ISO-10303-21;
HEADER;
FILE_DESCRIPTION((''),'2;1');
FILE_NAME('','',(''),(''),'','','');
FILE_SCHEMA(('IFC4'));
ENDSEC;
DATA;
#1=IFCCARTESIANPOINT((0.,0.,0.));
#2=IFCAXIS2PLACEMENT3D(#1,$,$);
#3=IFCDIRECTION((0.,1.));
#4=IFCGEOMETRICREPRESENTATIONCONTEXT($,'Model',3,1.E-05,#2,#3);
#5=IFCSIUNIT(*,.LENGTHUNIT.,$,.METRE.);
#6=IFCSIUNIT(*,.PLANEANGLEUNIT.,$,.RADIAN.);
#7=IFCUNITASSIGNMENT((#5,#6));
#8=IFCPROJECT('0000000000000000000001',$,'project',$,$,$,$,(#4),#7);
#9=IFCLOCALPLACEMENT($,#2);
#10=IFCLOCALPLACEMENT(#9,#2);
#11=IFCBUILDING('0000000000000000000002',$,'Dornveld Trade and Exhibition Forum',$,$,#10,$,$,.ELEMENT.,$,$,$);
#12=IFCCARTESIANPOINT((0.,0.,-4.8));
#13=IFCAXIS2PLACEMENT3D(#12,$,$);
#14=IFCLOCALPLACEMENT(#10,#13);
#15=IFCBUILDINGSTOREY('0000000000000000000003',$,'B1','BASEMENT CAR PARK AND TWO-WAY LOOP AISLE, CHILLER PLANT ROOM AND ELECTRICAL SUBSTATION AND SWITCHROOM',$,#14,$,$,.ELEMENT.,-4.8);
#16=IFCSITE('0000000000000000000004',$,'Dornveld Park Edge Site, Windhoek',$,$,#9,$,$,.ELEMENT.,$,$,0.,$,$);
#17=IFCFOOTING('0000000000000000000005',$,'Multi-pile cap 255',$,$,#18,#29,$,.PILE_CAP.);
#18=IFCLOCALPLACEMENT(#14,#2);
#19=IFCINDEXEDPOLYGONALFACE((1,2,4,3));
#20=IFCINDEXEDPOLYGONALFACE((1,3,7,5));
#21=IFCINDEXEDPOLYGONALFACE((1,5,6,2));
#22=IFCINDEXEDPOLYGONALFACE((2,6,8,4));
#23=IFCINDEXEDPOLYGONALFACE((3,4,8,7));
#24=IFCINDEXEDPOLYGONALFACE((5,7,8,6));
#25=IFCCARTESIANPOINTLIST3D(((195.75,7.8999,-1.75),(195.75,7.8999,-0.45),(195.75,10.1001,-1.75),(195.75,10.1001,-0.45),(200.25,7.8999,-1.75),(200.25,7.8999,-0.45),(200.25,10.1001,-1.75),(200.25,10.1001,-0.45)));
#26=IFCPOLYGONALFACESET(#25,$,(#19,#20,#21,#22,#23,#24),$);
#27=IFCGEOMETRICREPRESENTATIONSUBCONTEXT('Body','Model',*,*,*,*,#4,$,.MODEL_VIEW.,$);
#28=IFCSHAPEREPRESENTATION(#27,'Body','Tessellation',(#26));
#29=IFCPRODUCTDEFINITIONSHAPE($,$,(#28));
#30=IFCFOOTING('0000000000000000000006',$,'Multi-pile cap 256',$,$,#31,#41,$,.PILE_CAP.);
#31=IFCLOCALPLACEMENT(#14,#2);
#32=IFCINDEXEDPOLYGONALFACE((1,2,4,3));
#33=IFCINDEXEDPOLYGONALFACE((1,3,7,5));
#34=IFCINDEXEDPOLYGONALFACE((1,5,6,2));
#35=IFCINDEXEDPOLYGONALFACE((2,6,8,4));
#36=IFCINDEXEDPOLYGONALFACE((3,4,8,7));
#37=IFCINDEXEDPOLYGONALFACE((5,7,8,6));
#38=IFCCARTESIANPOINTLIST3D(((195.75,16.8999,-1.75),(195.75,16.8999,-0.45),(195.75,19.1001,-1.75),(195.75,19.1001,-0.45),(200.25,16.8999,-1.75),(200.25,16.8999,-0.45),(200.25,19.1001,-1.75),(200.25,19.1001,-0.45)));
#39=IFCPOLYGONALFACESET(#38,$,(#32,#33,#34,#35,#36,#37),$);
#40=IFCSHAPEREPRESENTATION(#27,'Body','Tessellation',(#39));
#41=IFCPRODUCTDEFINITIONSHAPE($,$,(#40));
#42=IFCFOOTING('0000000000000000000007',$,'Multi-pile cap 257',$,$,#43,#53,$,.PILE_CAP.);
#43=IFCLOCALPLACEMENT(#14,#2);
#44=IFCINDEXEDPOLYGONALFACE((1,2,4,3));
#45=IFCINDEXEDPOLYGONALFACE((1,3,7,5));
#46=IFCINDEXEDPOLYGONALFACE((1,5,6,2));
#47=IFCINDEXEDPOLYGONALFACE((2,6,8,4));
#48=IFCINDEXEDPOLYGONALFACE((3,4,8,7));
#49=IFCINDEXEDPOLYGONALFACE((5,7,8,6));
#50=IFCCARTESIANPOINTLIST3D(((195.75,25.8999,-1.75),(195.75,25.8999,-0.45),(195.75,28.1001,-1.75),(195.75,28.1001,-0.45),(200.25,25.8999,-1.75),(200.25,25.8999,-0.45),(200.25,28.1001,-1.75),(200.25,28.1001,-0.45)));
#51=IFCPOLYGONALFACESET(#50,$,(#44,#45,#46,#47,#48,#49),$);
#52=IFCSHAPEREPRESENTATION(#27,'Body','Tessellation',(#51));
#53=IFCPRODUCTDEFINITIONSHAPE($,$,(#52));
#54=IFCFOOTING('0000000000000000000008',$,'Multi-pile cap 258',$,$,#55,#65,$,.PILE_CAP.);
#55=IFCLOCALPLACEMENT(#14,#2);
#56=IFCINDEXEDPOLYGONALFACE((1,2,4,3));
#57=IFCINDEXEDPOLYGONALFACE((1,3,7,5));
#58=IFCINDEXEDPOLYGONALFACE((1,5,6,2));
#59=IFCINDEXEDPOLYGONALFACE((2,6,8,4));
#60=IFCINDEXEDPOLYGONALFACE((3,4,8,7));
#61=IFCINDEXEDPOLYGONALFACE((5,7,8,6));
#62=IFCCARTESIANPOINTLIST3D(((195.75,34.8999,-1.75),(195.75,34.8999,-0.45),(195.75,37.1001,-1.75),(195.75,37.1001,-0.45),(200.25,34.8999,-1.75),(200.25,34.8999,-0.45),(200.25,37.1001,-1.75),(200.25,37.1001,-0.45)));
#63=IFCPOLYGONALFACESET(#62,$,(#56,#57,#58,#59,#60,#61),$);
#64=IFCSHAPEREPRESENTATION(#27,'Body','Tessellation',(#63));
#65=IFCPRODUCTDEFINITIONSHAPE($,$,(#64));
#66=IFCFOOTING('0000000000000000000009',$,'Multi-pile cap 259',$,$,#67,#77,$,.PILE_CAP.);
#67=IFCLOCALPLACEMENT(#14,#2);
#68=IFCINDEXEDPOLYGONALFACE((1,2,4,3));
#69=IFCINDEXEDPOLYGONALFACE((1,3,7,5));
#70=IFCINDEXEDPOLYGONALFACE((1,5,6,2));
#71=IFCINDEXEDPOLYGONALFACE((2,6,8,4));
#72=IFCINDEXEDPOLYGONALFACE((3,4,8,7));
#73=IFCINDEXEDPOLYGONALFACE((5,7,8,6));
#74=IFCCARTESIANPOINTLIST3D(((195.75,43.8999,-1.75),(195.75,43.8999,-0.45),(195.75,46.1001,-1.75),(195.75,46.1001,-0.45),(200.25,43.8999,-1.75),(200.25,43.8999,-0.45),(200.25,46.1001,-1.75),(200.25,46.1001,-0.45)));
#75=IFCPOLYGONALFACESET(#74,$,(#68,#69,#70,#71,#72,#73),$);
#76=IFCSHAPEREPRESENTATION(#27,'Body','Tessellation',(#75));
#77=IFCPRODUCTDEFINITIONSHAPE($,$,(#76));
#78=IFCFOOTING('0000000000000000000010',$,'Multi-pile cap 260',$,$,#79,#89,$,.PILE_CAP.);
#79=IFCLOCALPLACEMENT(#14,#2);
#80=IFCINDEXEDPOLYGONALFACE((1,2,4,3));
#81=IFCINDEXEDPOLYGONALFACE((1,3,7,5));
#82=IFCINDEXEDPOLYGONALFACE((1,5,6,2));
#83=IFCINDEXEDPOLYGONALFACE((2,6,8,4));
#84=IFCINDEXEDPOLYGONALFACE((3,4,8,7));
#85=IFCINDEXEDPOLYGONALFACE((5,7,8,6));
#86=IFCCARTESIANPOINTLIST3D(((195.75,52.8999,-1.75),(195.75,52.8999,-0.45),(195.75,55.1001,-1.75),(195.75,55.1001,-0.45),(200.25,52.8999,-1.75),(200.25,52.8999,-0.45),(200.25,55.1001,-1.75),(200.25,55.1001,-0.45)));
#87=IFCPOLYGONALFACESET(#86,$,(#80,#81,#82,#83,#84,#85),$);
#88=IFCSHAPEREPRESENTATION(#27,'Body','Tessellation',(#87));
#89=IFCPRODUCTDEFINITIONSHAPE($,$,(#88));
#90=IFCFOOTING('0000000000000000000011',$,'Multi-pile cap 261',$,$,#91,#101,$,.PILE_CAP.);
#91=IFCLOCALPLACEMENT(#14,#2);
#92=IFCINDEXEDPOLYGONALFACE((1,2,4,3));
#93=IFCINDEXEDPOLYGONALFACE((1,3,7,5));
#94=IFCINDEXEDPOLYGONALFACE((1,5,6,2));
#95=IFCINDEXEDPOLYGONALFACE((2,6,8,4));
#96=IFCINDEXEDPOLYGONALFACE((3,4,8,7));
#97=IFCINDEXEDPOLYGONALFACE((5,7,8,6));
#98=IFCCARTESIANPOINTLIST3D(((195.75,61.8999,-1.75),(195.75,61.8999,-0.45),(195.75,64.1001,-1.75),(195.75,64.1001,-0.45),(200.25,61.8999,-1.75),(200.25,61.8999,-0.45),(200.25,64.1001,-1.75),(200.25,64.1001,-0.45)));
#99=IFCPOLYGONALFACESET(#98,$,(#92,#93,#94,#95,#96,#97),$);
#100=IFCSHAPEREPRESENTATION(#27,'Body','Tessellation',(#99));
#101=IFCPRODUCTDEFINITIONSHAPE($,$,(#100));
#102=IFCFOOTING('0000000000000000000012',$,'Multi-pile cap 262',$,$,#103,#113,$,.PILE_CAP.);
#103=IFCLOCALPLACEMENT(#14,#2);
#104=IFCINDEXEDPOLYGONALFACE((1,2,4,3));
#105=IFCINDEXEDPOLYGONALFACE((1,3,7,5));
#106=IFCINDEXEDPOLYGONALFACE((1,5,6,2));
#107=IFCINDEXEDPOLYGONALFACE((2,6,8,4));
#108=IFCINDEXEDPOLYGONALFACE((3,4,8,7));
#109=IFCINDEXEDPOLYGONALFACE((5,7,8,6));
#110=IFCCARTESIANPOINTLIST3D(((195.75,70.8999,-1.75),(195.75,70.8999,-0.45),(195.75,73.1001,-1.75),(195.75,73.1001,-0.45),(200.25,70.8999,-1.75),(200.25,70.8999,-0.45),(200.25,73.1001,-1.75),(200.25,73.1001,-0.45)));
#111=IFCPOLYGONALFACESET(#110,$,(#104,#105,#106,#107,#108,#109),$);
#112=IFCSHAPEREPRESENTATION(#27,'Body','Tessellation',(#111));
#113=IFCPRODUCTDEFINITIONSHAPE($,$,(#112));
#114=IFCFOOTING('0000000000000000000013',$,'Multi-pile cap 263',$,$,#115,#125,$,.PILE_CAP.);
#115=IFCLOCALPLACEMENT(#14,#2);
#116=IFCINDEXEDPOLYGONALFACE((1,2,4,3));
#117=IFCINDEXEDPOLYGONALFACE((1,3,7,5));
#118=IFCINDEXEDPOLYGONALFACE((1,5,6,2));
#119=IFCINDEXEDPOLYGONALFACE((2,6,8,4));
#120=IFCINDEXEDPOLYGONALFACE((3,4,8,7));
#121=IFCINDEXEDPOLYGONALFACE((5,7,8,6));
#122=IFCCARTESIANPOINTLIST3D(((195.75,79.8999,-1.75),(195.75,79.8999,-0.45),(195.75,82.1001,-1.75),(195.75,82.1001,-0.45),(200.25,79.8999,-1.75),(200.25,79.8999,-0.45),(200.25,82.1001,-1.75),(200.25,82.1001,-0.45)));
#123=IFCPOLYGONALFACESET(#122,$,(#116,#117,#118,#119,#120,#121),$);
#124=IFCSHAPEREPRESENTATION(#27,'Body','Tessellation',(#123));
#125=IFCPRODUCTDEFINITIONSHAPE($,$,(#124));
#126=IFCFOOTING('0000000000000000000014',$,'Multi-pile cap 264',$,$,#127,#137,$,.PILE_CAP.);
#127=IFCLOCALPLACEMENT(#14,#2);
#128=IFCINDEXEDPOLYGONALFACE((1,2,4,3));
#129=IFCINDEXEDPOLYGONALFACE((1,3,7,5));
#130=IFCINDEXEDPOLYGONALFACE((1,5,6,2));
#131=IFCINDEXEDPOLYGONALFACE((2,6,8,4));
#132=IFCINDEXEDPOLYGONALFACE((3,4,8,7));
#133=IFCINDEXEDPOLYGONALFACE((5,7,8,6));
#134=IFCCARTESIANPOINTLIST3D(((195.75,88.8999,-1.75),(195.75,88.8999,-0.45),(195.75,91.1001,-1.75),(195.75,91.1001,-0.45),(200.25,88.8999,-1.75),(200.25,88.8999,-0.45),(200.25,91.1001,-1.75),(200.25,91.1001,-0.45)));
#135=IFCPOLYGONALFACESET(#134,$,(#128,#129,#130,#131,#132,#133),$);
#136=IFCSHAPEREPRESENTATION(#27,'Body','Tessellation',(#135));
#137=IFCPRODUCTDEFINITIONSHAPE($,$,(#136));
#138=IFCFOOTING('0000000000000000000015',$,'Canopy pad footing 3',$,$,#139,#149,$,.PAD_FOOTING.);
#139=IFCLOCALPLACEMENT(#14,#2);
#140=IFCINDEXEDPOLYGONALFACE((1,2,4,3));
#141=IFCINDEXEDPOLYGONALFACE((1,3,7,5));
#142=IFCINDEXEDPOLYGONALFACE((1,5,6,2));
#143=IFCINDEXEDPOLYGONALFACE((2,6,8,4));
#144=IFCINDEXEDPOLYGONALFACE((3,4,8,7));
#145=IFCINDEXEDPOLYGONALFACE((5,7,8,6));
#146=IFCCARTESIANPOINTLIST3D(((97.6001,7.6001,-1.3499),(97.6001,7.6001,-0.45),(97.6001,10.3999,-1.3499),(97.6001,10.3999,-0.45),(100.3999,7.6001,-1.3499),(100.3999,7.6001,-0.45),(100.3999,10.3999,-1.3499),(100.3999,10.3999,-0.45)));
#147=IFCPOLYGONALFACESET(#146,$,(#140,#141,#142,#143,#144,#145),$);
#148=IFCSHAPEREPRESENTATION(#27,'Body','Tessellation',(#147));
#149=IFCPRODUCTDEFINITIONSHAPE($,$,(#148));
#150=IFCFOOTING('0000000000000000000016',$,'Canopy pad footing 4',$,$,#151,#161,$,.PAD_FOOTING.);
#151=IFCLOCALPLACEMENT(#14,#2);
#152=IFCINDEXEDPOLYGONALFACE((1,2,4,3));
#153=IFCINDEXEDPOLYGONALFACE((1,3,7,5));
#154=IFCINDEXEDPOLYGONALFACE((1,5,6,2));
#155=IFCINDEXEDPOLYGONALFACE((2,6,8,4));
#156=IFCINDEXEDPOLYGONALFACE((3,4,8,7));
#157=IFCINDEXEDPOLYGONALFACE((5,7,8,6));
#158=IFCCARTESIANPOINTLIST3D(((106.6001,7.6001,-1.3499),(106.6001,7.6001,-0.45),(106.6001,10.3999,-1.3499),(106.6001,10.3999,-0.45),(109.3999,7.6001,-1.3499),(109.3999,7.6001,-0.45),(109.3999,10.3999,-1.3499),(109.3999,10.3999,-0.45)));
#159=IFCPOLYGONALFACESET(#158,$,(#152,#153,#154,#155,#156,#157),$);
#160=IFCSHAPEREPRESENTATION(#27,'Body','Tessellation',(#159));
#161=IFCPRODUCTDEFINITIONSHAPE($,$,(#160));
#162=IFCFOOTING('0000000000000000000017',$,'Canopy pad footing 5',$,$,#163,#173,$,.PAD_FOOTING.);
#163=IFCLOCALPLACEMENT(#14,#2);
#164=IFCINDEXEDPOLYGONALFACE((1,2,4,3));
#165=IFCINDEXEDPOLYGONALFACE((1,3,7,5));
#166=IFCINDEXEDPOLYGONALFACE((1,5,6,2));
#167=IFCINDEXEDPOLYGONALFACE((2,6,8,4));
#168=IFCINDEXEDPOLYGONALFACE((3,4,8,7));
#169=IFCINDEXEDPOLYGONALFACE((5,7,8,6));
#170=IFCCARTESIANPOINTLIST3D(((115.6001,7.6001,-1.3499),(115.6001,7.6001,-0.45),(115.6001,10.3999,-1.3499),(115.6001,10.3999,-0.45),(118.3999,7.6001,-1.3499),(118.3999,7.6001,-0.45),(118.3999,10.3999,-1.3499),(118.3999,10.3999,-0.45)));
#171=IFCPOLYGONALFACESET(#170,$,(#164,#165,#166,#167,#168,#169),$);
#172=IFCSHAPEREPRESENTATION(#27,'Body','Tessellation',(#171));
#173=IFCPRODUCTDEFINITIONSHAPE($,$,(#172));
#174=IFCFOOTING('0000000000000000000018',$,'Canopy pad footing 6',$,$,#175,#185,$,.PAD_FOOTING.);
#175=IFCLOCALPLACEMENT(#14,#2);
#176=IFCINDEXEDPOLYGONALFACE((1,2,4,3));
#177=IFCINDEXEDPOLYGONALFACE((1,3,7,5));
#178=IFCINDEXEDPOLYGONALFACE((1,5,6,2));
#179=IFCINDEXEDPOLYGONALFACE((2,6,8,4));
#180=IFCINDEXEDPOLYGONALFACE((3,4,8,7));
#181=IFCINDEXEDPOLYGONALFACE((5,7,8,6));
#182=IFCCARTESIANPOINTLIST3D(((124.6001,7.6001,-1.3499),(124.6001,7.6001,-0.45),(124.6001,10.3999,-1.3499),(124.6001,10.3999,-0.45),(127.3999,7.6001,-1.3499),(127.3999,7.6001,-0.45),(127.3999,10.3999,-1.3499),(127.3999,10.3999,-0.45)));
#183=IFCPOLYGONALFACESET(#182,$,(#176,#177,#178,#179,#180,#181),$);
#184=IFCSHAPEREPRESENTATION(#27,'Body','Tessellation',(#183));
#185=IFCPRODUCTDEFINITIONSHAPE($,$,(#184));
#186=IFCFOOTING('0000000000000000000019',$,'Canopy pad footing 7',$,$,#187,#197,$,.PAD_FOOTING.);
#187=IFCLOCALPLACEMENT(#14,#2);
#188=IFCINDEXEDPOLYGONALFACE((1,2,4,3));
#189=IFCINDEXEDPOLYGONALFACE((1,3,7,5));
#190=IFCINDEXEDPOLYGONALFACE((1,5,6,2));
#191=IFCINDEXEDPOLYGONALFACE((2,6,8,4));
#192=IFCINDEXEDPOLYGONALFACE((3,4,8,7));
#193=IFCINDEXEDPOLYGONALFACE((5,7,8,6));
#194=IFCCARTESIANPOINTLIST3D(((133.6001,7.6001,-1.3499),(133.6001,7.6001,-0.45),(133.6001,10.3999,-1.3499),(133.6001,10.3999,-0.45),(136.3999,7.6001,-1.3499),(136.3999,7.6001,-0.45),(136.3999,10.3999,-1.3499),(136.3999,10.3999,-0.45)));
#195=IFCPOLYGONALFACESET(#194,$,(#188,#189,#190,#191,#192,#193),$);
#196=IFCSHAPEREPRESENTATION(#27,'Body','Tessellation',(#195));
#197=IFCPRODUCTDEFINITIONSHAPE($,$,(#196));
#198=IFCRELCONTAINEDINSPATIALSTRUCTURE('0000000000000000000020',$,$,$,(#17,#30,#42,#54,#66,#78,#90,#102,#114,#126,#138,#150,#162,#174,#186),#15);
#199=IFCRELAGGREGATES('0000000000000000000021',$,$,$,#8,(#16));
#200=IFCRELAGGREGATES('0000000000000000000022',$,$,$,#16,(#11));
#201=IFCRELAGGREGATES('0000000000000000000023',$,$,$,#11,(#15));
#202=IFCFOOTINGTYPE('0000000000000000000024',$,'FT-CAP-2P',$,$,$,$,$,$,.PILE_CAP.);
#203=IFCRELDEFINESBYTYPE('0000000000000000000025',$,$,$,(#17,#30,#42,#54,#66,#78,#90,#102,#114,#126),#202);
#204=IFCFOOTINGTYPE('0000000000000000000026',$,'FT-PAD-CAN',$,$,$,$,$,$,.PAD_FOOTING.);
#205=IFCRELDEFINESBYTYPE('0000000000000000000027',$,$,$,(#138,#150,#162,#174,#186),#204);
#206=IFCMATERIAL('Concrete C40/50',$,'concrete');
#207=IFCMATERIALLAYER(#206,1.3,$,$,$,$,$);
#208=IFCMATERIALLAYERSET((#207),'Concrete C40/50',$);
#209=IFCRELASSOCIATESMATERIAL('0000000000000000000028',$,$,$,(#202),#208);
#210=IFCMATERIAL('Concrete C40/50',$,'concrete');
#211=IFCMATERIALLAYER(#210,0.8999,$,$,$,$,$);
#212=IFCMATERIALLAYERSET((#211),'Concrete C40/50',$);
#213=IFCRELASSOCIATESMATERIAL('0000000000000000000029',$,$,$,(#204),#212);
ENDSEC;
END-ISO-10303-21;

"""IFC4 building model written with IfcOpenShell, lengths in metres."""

from ifc_helpers import new_model, si_unit, direction, frame, origin, place, context, subcontext, project, spatial, polyline, outline, extrude, material, layer, layer_set, type_object, element, save


model = new_model("IFC4")

# Units and contexts
model_context = context("Model", 3, precision=1e-05, world=origin(), true_north=direction((0.0, 1.0)))
body_context = subcontext(model_context, "Body", "Model", "MODEL_VIEW")
ifc_project = project(units=[si_unit("LENGTHUNIT", "METRE"), si_unit("PLANEANGLEUNIT", "RADIAN")], contexts=[model_context])

# Site, building, storey
site_placement = place(None, origin())
site = spatial("IfcSite", under=ifc_project, at=site_placement, Name="Dornveld Park Edge Site, Windhoek", CompositionType="ELEMENT", RefElevation=0.0)
building_placement = place(site_placement, origin())
building = spatial("IfcBuilding", under=site, at=building_placement, Name="Dornveld Trade and Exhibition Forum", CompositionType="ELEMENT")
storey_placement = place(building_placement, frame((0.0, 0.0, -4.8)))
storey = spatial("IfcBuildingStorey", under=building, at=storey_placement, Name="B1", Description="BASEMENT CAR PARK AND TWO-WAY LOOP AISLE, CHILLER PLANT ROOM AND ELECTRICAL SUBSTATION AND SWITCHROOM", CompositionType="ELEMENT", Elevation=-4.8)

# Footings
ifc_material_1 = material(Name="Concrete C40/50", Category="concrete")
ifc_layer_1 = layer(ifc_material_1, 1.3)
ifc_layer_set_1 = layer_set([ifc_layer_1], Name="Concrete C40/50")
footing_type_1 = type_object("IfcFootingType", Name="FT-CAP-2P", PredefinedType="PILE_CAP", material=ifc_layer_set_1)
footing_1_placement = place(storey_placement, frame((0.0, 0.0, -1.75)))
element("IfcFooting", 1, at=footing_1_placement, inside=storey, type_object=footing_type_1, Name="Multi-pile cap 255", PredefinedType="PILE_CAP", context=body_context, shape_type="SweptSolid", body=[
    extrude(outline(polyline([(195.75, 7.8999), (200.25, 7.8999), (200.25, 10.1001), (195.75, 10.1001), (195.75, 7.8999)])), origin(), (0.0, 0.0, 1.0), 1.3),
])
footing_2_placement = place(storey_placement, frame((0.0, 0.0, -1.75)))
element("IfcFooting", 2, at=footing_2_placement, inside=storey, type_object=footing_type_1, Name="Multi-pile cap 256", PredefinedType="PILE_CAP", context=body_context, shape_type="SweptSolid", body=[
    extrude(outline(polyline([(195.75, 16.8999), (200.25, 16.8999), (200.25, 19.1001), (195.75, 19.1001), (195.75, 16.8999)])), origin(), (0.0, 0.0, 1.0), 1.3),
])
footing_3_placement = place(storey_placement, frame((0.0, 0.0, -1.75)))
element("IfcFooting", 3, at=footing_3_placement, inside=storey, type_object=footing_type_1, Name="Multi-pile cap 257", PredefinedType="PILE_CAP", context=body_context, shape_type="SweptSolid", body=[
    extrude(outline(polyline([(195.75, 25.8999), (200.25, 25.8999), (200.25, 28.1001), (195.75, 28.1001), (195.75, 25.8999)])), origin(), (0.0, 0.0, 1.0), 1.3),
])
footing_4_placement = place(storey_placement, frame((0.0, 0.0, -1.75)))
element("IfcFooting", 4, at=footing_4_placement, inside=storey, type_object=footing_type_1, Name="Multi-pile cap 258", PredefinedType="PILE_CAP", context=body_context, shape_type="SweptSolid", body=[
    extrude(outline(polyline([(195.75, 34.8999), (200.25, 34.8999), (200.25, 37.1001), (195.75, 37.1001), (195.75, 34.8999)])), origin(), (0.0, 0.0, 1.0), 1.3),
])
footing_5_placement = place(storey_placement, frame((0.0, 0.0, -1.75)))
element("IfcFooting", 5, at=footing_5_placement, inside=storey, type_object=footing_type_1, Name="Multi-pile cap 259", PredefinedType="PILE_CAP", context=body_context, shape_type="SweptSolid", body=[
    extrude(outline(polyline([(195.75, 43.8999), (200.25, 43.8999), (200.25, 46.1001), (195.75, 46.1001), (195.75, 43.8999)])), origin(), (0.0, 0.0, 1.0), 1.3),
])
footing_6_placement = place(storey_placement, frame((0.0, 0.0, -1.75)))
element("IfcFooting", 6, at=footing_6_placement, inside=storey, type_object=footing_type_1, Name="Multi-pile cap 260", PredefinedType="PILE_CAP", context=body_context, shape_type="SweptSolid", body=[
    extrude(outline(polyline([(195.75, 52.8999), (200.25, 52.8999), (200.25, 55.1001), (195.75, 55.1001), (195.75, 52.8999)])), origin(), (0.0, 0.0, 1.0), 1.3),
])
footing_7_placement = place(storey_placement, frame((0.0, 0.0, -1.75)))
element("IfcFooting", 7, at=footing_7_placement, inside=storey, type_object=footing_type_1, Name="Multi-pile cap 261", PredefinedType="PILE_CAP", context=body_context, shape_type="SweptSolid", body=[
    extrude(outline(polyline([(195.75, 61.8999), (200.25, 61.8999), (200.25, 64.1001), (195.75, 64.1001), (195.75, 61.8999)])), origin(), (0.0, 0.0, 1.0), 1.3),
])
footing_8_placement = place(storey_placement, frame((0.0, 0.0, -1.75)))
element("IfcFooting", 8, at=footing_8_placement, inside=storey, type_object=footing_type_1, Name="Multi-pile cap 262", PredefinedType="PILE_CAP", context=body_context, shape_type="SweptSolid", body=[
    extrude(outline(polyline([(195.75, 70.8999), (200.25, 70.8999), (200.25, 73.1001), (195.75, 73.1001), (195.75, 70.8999)])), origin(), (0.0, 0.0, 1.0), 1.3),
])
footing_9_placement = place(storey_placement, frame((0.0, 0.0, -1.75)))
element("IfcFooting", 9, at=footing_9_placement, inside=storey, type_object=footing_type_1, Name="Multi-pile cap 263", PredefinedType="PILE_CAP", context=body_context, shape_type="SweptSolid", body=[
    extrude(outline(polyline([(195.75, 79.8999), (200.25, 79.8999), (200.25, 82.1001), (195.75, 82.1001), (195.75, 79.8999)])), origin(), (0.0, 0.0, 1.0), 1.3),
])
footing_10_placement = place(storey_placement, frame((0.0, 0.0, -1.75)))
element("IfcFooting", 10, at=footing_10_placement, inside=storey, type_object=footing_type_1, Name="Multi-pile cap 264", PredefinedType="PILE_CAP", context=body_context, shape_type="SweptSolid", body=[
    extrude(outline(polyline([(195.75, 88.8999), (200.25, 88.8999), (200.25, 91.1001), (195.75, 91.1001), (195.75, 88.8999)])), origin(), (0.0, 0.0, 1.0), 1.3),
])
ifc_material_2 = material(Name="Concrete C40/50", Category="concrete")
ifc_layer_2 = layer(ifc_material_2, 0.8999)
ifc_layer_set_2 = layer_set([ifc_layer_2], Name="Concrete C40/50")
footing_type_2 = type_object("IfcFootingType", Name="FT-PAD-CAN", PredefinedType="PAD_FOOTING", material=ifc_layer_set_2)
footing_11_placement = place(storey_placement, frame((0.0, 0.0, -1.3499)))
element("IfcFooting", 11, at=footing_11_placement, inside=storey, type_object=footing_type_2, Name="Canopy pad footing 3", PredefinedType="PAD_FOOTING", context=body_context, shape_type="SweptSolid", body=[
    extrude(outline(polyline([(97.6001, 7.6001), (100.3999, 7.6001), (100.3999, 10.3999), (97.6001, 10.3999), (97.6001, 7.6001)])), origin(), (0.0, 0.0, 1.0), 0.8999),
])
footing_12_placement = place(storey_placement, frame((0.0, 0.0, -1.3499)))
element("IfcFooting", 12, at=footing_12_placement, inside=storey, type_object=footing_type_2, Name="Canopy pad footing 4", PredefinedType="PAD_FOOTING", context=body_context, shape_type="SweptSolid", body=[
    extrude(outline(polyline([(106.6001, 7.6001), (109.3999, 7.6001), (109.3999, 10.3999), (106.6001, 10.3999), (106.6001, 7.6001)])), origin(), (0.0, 0.0, 1.0), 0.8999),
])
footing_13_placement = place(storey_placement, frame((0.0, 0.0, -1.3499)))
element("IfcFooting", 13, at=footing_13_placement, inside=storey, type_object=footing_type_2, Name="Canopy pad footing 5", PredefinedType="PAD_FOOTING", context=body_context, shape_type="SweptSolid", body=[
    extrude(outline(polyline([(115.6001, 7.6001), (118.3999, 7.6001), (118.3999, 10.3999), (115.6001, 10.3999), (115.6001, 7.6001)])), origin(), (0.0, 0.0, 1.0), 0.8999),
])
footing_14_placement = place(storey_placement, frame((0.0, 0.0, -1.3499)))
element("IfcFooting", 14, at=footing_14_placement, inside=storey, type_object=footing_type_2, Name="Canopy pad footing 6", PredefinedType="PAD_FOOTING", context=body_context, shape_type="SweptSolid", body=[
    extrude(outline(polyline([(124.6001, 7.6001), (127.3999, 7.6001), (127.3999, 10.3999), (124.6001, 10.3999), (124.6001, 7.6001)])), origin(), (0.0, 0.0, 1.0), 0.8999),
])
footing_15_placement = place(storey_placement, frame((0.0, 0.0, -1.3499)))
element("IfcFooting", 15, at=footing_15_placement, inside=storey, type_object=footing_type_2, Name="Canopy pad footing 7", PredefinedType="PAD_FOOTING", context=body_context, shape_type="SweptSolid", body=[
    extrude(outline(polyline([(133.6001, 7.6001), (136.3999, 7.6001), (136.3999, 10.3999), (133.6001, 10.3999), (133.6001, 7.6001)])), origin(), (0.0, 0.0, 1.0), 0.8999),
])

save(model, "model.ifc")
